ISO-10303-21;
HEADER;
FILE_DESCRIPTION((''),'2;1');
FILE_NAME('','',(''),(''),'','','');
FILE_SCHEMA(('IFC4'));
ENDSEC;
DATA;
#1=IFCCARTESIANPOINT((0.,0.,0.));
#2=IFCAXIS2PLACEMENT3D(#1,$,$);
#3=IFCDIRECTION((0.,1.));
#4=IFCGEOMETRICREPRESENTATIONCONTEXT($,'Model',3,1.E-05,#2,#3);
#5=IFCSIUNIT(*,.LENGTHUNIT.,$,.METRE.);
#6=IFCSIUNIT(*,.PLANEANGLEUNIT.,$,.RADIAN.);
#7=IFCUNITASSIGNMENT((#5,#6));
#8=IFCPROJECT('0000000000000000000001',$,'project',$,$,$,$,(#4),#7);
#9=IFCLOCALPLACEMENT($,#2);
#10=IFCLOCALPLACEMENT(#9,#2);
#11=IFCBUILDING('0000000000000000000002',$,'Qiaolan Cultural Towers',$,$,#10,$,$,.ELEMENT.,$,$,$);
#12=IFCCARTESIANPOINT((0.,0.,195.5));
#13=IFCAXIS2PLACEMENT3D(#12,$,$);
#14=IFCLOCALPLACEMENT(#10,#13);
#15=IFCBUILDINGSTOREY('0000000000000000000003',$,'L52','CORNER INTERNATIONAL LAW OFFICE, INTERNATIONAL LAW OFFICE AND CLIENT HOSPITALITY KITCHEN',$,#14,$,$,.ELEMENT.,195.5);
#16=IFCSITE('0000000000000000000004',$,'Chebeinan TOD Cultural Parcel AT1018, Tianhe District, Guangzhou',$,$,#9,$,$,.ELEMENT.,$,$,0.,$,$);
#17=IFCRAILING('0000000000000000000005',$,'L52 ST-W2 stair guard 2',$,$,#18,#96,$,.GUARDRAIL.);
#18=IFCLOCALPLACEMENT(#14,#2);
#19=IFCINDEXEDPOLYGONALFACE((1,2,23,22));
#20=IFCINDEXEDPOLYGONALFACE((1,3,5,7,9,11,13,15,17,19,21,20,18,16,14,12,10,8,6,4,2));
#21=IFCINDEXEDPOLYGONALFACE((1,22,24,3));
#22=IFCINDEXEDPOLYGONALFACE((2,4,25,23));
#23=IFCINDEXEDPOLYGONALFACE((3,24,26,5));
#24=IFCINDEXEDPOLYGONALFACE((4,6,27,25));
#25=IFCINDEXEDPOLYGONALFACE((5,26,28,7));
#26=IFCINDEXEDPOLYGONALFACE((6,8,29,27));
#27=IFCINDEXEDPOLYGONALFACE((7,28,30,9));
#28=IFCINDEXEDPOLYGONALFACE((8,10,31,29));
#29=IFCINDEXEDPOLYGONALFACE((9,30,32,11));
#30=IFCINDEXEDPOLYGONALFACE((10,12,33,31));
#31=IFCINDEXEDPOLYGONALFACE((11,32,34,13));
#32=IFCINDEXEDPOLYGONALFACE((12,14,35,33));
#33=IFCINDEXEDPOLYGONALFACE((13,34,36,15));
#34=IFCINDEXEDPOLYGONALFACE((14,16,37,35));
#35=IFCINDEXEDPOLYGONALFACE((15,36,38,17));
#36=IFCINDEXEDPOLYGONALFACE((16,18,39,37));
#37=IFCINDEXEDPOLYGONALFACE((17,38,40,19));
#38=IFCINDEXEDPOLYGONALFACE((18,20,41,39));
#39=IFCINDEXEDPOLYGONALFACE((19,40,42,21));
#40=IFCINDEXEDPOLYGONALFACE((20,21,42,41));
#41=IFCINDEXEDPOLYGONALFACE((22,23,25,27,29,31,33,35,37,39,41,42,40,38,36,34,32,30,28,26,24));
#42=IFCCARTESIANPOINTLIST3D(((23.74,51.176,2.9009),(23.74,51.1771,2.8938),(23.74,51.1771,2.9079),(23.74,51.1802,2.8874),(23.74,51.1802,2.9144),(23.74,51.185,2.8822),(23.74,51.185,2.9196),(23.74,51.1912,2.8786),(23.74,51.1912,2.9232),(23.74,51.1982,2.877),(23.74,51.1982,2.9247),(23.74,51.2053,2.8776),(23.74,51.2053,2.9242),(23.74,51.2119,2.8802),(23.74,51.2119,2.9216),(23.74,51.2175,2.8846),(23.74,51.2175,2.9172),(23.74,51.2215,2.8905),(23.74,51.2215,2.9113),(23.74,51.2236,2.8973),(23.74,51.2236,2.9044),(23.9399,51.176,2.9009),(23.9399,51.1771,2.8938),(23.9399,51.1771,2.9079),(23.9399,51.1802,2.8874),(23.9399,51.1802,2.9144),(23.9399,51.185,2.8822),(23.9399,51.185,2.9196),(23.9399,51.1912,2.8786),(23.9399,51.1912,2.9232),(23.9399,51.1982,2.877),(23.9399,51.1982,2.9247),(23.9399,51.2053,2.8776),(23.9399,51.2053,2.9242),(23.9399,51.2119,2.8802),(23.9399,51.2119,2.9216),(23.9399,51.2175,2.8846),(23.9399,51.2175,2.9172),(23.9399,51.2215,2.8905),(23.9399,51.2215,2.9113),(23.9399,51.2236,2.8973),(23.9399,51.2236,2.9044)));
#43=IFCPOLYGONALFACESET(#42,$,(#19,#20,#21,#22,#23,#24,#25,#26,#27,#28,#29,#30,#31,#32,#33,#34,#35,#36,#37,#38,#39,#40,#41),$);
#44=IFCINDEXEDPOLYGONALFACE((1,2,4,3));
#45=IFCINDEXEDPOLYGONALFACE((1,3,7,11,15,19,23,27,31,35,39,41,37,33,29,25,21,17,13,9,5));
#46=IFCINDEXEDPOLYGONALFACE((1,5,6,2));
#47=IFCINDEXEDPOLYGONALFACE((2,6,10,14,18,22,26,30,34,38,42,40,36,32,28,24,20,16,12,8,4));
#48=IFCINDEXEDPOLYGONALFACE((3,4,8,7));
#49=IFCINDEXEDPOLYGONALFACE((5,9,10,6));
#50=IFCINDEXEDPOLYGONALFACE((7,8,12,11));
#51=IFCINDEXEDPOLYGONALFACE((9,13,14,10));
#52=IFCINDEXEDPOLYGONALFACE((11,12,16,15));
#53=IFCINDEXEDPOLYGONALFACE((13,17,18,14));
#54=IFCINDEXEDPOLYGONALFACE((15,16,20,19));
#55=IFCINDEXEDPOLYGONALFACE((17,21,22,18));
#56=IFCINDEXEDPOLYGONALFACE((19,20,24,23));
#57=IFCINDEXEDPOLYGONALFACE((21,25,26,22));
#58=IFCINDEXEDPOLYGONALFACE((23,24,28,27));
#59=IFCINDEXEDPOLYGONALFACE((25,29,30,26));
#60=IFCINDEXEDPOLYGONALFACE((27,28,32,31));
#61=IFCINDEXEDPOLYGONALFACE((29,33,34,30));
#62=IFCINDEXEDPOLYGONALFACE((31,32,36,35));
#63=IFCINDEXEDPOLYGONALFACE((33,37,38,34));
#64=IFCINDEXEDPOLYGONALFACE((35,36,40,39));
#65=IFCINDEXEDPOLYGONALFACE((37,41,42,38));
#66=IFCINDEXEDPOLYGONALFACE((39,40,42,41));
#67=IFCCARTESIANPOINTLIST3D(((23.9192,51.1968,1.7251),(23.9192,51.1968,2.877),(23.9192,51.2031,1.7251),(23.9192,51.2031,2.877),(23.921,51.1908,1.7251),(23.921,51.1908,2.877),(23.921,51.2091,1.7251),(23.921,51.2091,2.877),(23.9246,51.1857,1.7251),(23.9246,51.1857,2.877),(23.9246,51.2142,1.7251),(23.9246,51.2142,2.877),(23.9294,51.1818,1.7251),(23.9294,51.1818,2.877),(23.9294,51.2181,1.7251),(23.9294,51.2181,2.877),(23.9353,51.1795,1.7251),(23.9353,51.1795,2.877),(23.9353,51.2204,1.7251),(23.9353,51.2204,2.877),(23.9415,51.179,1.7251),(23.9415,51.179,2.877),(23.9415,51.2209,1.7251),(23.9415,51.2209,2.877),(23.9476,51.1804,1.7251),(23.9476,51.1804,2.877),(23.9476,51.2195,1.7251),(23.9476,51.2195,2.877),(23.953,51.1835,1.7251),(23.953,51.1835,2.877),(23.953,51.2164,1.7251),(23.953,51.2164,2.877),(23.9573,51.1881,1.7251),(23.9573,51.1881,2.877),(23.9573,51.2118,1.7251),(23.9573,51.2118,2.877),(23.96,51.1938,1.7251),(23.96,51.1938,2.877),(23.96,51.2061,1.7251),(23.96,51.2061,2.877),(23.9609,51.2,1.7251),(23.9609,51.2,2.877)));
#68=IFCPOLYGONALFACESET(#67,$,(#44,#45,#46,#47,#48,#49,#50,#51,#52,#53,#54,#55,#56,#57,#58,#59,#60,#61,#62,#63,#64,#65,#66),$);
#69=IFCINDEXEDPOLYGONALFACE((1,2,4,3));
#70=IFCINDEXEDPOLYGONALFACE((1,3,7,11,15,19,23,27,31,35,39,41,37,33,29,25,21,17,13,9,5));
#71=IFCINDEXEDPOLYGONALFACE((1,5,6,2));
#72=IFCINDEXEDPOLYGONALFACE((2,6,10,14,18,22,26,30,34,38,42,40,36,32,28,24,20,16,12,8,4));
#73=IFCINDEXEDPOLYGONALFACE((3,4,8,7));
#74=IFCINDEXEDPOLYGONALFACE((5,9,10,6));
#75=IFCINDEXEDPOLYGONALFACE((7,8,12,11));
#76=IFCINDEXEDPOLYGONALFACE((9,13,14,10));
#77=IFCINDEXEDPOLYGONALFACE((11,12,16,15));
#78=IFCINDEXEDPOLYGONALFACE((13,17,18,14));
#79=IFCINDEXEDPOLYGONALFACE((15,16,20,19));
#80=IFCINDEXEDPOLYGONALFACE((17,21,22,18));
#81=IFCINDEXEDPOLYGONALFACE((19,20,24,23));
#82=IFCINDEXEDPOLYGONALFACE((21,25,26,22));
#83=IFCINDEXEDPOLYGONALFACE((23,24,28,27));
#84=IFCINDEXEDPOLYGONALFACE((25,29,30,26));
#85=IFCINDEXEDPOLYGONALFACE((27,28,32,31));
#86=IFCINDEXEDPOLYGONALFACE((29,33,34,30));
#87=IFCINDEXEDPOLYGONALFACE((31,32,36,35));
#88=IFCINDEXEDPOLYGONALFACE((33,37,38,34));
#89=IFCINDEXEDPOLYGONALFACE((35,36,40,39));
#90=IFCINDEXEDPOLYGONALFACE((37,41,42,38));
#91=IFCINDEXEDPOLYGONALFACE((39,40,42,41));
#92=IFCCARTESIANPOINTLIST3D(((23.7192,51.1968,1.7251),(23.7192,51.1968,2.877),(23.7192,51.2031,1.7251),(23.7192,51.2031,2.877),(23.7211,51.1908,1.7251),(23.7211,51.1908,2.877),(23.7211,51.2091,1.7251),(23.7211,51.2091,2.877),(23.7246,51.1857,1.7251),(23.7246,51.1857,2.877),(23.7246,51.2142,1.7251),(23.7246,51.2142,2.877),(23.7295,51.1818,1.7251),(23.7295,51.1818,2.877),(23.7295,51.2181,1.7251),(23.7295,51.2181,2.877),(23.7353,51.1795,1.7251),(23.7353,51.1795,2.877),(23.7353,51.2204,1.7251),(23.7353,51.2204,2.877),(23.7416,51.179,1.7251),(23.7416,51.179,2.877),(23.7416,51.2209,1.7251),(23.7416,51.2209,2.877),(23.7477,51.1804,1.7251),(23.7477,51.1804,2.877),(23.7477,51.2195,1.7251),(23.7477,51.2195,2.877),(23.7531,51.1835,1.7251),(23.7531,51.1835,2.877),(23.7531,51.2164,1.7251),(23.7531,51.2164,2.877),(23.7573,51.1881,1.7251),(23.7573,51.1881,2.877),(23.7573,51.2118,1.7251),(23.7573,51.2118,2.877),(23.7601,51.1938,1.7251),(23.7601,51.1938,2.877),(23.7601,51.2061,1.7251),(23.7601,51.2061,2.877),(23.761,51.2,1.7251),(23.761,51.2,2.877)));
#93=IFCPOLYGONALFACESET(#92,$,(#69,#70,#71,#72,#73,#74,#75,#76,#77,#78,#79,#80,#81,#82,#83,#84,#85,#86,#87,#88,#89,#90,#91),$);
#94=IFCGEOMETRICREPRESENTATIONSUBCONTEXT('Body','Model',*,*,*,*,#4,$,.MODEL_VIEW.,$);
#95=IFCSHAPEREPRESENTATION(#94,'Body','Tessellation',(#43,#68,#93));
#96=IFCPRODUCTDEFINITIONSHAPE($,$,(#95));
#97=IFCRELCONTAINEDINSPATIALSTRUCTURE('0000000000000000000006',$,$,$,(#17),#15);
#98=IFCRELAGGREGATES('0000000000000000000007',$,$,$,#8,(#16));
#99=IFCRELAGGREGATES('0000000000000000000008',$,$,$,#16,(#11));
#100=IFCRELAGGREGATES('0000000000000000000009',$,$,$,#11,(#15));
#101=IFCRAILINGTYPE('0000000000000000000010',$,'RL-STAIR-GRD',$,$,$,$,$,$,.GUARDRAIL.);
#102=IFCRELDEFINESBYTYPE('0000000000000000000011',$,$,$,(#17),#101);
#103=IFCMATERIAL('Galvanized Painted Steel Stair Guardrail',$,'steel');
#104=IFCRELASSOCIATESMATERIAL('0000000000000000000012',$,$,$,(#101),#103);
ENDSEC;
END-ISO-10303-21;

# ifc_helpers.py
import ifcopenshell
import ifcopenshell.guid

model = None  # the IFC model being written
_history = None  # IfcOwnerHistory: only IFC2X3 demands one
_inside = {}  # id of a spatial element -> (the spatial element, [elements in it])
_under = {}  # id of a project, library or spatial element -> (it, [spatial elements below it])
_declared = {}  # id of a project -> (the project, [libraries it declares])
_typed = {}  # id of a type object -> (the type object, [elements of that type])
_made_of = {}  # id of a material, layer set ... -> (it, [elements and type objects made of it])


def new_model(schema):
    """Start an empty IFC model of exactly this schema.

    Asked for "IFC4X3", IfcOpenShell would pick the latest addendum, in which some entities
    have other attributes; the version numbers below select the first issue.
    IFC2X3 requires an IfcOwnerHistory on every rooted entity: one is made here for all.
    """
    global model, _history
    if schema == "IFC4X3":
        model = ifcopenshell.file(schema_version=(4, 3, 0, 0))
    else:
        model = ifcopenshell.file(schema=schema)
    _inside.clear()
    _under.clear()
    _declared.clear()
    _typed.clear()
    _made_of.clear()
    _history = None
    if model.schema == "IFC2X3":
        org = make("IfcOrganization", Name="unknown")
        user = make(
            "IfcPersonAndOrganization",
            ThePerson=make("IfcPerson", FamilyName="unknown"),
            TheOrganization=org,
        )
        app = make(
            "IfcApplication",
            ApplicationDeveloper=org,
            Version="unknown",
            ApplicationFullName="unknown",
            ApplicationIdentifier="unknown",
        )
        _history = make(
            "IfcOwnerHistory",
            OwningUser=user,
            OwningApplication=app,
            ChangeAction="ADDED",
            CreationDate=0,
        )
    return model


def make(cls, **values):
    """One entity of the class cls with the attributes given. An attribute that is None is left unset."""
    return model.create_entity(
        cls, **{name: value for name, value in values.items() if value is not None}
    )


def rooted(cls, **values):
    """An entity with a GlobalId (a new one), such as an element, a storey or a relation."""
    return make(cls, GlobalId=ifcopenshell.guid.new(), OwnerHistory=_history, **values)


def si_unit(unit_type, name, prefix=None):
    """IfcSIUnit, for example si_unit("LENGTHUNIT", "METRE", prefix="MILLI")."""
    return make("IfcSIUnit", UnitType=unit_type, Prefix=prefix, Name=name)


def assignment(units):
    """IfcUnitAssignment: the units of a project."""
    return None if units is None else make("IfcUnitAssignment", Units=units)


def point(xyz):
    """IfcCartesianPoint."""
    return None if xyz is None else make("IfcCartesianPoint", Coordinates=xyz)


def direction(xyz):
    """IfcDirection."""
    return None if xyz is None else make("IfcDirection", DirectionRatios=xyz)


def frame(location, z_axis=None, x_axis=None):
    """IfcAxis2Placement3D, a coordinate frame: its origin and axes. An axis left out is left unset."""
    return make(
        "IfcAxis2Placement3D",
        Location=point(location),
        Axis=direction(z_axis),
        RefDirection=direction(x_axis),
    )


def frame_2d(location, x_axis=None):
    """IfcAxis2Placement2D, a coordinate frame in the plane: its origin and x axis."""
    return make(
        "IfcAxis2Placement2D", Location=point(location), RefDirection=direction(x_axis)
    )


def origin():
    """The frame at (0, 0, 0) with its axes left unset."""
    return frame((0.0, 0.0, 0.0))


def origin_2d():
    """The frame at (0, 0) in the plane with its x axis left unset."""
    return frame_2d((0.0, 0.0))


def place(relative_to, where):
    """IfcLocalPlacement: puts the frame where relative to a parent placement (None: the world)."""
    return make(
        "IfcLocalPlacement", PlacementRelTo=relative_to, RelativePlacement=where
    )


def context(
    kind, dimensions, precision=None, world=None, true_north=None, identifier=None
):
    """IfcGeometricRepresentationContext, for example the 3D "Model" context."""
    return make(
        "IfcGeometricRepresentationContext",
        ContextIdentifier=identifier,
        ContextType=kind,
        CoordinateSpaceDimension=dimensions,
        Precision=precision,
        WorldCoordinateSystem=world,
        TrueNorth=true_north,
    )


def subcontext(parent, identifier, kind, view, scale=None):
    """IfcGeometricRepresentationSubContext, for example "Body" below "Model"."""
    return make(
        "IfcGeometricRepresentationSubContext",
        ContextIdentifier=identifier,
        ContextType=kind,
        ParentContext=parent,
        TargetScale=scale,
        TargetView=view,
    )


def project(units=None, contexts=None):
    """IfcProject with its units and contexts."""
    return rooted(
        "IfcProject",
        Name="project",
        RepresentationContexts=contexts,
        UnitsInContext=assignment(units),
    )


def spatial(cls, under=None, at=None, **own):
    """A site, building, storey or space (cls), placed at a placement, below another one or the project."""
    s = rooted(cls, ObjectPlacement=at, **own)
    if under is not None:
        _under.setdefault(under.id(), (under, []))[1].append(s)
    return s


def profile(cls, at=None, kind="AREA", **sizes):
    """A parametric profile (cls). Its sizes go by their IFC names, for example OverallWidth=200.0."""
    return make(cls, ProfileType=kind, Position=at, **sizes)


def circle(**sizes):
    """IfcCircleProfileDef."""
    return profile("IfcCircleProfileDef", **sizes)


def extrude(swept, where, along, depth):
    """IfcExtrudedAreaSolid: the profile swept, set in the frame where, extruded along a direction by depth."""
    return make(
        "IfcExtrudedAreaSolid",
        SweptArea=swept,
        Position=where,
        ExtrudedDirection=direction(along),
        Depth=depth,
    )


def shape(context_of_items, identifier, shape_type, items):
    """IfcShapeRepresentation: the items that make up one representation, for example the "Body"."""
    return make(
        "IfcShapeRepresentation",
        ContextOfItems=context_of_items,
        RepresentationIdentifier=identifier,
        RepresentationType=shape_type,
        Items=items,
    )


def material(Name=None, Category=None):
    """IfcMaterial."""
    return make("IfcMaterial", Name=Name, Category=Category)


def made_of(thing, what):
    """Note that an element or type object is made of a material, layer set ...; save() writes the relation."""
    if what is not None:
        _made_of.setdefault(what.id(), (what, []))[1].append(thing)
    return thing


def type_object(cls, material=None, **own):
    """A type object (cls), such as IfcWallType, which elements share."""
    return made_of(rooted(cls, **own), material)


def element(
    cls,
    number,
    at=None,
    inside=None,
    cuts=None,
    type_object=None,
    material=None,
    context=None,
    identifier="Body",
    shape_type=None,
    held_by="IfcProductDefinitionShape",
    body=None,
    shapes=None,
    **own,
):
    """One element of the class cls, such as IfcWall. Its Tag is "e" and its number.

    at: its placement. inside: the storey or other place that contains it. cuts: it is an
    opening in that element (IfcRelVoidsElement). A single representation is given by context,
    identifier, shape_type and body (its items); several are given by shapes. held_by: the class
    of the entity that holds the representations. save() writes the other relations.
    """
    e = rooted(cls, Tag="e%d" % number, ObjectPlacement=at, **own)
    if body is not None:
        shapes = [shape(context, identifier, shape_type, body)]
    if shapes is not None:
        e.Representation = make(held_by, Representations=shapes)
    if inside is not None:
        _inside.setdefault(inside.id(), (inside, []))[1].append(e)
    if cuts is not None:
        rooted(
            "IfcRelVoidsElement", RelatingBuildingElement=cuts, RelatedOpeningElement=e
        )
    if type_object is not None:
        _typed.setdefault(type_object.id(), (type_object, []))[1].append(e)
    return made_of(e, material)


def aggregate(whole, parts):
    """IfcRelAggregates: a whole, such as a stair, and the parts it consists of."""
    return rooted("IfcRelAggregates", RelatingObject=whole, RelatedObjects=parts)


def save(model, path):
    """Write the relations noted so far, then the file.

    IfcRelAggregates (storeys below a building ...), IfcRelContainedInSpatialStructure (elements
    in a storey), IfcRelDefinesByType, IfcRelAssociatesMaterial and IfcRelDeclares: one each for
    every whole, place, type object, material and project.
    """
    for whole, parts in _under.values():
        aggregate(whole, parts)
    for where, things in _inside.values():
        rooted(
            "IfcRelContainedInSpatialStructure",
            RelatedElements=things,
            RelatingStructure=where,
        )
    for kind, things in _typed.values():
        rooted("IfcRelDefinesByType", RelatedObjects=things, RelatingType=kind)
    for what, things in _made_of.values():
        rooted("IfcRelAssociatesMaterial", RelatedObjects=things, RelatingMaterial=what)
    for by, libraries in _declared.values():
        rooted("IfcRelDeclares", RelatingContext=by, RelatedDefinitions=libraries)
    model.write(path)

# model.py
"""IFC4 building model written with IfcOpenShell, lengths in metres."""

from ifc_helpers import new_model, si_unit, direction, frame, origin, origin_2d, place, context, subcontext, project, spatial, circle, extrude, material, type_object, element, save


model = new_model("IFC4")

# Units and contexts
model_context = context("Model", 3, precision=1e-05, world=origin(), true_north=direction((0.0, 1.0)))
body_context = subcontext(model_context, "Body", "Model", "MODEL_VIEW")
ifc_project = project(units=[si_unit("LENGTHUNIT", "METRE"), si_unit("PLANEANGLEUNIT", "RADIAN")], contexts=[model_context])

# Site, building, storey
site_placement = place(None, origin())
site = spatial("IfcSite", under=ifc_project, at=site_placement, Name="Chebeinan TOD Cultural Parcel AT1018, Tianhe District, Guangzhou", CompositionType="ELEMENT", RefElevation=0.0)
building_placement = place(site_placement, origin())
building = spatial("IfcBuilding", under=site, at=building_placement, Name="Qiaolan Cultural Towers", CompositionType="ELEMENT")
storey_placement = place(building_placement, frame((0.0, 0.0, 195.5)))
storey = spatial("IfcBuildingStorey", under=building, at=storey_placement, Name="L52", Description="CORNER INTERNATIONAL LAW OFFICE, INTERNATIONAL LAW OFFICE AND CLIENT HOSPITALITY KITCHEN", CompositionType="ELEMENT", Elevation=195.5)

# Railing
ifc_material_1 = material(Name="Galvanized Painted Steel Stair Guardrail", Category="steel")
railing_type_1 = type_object("IfcRailingType", Name="RL-STAIR-GRD", PredefinedType="GUARDRAIL", material=ifc_material_1)
railing_1_placement = place(storey_placement, frame((23.9399, 51.2, 1.7251)))
element("IfcRailing", 1, at=railing_1_placement, inside=storey, type_object=railing_type_1, Name="L52 ST-W2 stair guard 2", PredefinedType="GUARDRAIL", context=body_context, shape_type="SweptSolid", body=[
    extrude(circle(Radius=0.0239, at=origin_2d()), frame((0.0, 0.0, 1.1758), z_axis=(-1.0, 0.0, 0.0), x_axis=(0.0, -1.0, 0.0)), (0.0, 0.0, 1.0), 0.2),
    extrude(circle(Radius=0.021, at=origin_2d()), origin(), (0.0, 0.0, 1.0), 1.1519),
    extrude(circle(Radius=0.021, at=origin_2d()), frame((-0.2, 0.0, 0.0)), (0.0, 0.0, 1.0), 1.1519),
])

save(model, "model.ifc")
